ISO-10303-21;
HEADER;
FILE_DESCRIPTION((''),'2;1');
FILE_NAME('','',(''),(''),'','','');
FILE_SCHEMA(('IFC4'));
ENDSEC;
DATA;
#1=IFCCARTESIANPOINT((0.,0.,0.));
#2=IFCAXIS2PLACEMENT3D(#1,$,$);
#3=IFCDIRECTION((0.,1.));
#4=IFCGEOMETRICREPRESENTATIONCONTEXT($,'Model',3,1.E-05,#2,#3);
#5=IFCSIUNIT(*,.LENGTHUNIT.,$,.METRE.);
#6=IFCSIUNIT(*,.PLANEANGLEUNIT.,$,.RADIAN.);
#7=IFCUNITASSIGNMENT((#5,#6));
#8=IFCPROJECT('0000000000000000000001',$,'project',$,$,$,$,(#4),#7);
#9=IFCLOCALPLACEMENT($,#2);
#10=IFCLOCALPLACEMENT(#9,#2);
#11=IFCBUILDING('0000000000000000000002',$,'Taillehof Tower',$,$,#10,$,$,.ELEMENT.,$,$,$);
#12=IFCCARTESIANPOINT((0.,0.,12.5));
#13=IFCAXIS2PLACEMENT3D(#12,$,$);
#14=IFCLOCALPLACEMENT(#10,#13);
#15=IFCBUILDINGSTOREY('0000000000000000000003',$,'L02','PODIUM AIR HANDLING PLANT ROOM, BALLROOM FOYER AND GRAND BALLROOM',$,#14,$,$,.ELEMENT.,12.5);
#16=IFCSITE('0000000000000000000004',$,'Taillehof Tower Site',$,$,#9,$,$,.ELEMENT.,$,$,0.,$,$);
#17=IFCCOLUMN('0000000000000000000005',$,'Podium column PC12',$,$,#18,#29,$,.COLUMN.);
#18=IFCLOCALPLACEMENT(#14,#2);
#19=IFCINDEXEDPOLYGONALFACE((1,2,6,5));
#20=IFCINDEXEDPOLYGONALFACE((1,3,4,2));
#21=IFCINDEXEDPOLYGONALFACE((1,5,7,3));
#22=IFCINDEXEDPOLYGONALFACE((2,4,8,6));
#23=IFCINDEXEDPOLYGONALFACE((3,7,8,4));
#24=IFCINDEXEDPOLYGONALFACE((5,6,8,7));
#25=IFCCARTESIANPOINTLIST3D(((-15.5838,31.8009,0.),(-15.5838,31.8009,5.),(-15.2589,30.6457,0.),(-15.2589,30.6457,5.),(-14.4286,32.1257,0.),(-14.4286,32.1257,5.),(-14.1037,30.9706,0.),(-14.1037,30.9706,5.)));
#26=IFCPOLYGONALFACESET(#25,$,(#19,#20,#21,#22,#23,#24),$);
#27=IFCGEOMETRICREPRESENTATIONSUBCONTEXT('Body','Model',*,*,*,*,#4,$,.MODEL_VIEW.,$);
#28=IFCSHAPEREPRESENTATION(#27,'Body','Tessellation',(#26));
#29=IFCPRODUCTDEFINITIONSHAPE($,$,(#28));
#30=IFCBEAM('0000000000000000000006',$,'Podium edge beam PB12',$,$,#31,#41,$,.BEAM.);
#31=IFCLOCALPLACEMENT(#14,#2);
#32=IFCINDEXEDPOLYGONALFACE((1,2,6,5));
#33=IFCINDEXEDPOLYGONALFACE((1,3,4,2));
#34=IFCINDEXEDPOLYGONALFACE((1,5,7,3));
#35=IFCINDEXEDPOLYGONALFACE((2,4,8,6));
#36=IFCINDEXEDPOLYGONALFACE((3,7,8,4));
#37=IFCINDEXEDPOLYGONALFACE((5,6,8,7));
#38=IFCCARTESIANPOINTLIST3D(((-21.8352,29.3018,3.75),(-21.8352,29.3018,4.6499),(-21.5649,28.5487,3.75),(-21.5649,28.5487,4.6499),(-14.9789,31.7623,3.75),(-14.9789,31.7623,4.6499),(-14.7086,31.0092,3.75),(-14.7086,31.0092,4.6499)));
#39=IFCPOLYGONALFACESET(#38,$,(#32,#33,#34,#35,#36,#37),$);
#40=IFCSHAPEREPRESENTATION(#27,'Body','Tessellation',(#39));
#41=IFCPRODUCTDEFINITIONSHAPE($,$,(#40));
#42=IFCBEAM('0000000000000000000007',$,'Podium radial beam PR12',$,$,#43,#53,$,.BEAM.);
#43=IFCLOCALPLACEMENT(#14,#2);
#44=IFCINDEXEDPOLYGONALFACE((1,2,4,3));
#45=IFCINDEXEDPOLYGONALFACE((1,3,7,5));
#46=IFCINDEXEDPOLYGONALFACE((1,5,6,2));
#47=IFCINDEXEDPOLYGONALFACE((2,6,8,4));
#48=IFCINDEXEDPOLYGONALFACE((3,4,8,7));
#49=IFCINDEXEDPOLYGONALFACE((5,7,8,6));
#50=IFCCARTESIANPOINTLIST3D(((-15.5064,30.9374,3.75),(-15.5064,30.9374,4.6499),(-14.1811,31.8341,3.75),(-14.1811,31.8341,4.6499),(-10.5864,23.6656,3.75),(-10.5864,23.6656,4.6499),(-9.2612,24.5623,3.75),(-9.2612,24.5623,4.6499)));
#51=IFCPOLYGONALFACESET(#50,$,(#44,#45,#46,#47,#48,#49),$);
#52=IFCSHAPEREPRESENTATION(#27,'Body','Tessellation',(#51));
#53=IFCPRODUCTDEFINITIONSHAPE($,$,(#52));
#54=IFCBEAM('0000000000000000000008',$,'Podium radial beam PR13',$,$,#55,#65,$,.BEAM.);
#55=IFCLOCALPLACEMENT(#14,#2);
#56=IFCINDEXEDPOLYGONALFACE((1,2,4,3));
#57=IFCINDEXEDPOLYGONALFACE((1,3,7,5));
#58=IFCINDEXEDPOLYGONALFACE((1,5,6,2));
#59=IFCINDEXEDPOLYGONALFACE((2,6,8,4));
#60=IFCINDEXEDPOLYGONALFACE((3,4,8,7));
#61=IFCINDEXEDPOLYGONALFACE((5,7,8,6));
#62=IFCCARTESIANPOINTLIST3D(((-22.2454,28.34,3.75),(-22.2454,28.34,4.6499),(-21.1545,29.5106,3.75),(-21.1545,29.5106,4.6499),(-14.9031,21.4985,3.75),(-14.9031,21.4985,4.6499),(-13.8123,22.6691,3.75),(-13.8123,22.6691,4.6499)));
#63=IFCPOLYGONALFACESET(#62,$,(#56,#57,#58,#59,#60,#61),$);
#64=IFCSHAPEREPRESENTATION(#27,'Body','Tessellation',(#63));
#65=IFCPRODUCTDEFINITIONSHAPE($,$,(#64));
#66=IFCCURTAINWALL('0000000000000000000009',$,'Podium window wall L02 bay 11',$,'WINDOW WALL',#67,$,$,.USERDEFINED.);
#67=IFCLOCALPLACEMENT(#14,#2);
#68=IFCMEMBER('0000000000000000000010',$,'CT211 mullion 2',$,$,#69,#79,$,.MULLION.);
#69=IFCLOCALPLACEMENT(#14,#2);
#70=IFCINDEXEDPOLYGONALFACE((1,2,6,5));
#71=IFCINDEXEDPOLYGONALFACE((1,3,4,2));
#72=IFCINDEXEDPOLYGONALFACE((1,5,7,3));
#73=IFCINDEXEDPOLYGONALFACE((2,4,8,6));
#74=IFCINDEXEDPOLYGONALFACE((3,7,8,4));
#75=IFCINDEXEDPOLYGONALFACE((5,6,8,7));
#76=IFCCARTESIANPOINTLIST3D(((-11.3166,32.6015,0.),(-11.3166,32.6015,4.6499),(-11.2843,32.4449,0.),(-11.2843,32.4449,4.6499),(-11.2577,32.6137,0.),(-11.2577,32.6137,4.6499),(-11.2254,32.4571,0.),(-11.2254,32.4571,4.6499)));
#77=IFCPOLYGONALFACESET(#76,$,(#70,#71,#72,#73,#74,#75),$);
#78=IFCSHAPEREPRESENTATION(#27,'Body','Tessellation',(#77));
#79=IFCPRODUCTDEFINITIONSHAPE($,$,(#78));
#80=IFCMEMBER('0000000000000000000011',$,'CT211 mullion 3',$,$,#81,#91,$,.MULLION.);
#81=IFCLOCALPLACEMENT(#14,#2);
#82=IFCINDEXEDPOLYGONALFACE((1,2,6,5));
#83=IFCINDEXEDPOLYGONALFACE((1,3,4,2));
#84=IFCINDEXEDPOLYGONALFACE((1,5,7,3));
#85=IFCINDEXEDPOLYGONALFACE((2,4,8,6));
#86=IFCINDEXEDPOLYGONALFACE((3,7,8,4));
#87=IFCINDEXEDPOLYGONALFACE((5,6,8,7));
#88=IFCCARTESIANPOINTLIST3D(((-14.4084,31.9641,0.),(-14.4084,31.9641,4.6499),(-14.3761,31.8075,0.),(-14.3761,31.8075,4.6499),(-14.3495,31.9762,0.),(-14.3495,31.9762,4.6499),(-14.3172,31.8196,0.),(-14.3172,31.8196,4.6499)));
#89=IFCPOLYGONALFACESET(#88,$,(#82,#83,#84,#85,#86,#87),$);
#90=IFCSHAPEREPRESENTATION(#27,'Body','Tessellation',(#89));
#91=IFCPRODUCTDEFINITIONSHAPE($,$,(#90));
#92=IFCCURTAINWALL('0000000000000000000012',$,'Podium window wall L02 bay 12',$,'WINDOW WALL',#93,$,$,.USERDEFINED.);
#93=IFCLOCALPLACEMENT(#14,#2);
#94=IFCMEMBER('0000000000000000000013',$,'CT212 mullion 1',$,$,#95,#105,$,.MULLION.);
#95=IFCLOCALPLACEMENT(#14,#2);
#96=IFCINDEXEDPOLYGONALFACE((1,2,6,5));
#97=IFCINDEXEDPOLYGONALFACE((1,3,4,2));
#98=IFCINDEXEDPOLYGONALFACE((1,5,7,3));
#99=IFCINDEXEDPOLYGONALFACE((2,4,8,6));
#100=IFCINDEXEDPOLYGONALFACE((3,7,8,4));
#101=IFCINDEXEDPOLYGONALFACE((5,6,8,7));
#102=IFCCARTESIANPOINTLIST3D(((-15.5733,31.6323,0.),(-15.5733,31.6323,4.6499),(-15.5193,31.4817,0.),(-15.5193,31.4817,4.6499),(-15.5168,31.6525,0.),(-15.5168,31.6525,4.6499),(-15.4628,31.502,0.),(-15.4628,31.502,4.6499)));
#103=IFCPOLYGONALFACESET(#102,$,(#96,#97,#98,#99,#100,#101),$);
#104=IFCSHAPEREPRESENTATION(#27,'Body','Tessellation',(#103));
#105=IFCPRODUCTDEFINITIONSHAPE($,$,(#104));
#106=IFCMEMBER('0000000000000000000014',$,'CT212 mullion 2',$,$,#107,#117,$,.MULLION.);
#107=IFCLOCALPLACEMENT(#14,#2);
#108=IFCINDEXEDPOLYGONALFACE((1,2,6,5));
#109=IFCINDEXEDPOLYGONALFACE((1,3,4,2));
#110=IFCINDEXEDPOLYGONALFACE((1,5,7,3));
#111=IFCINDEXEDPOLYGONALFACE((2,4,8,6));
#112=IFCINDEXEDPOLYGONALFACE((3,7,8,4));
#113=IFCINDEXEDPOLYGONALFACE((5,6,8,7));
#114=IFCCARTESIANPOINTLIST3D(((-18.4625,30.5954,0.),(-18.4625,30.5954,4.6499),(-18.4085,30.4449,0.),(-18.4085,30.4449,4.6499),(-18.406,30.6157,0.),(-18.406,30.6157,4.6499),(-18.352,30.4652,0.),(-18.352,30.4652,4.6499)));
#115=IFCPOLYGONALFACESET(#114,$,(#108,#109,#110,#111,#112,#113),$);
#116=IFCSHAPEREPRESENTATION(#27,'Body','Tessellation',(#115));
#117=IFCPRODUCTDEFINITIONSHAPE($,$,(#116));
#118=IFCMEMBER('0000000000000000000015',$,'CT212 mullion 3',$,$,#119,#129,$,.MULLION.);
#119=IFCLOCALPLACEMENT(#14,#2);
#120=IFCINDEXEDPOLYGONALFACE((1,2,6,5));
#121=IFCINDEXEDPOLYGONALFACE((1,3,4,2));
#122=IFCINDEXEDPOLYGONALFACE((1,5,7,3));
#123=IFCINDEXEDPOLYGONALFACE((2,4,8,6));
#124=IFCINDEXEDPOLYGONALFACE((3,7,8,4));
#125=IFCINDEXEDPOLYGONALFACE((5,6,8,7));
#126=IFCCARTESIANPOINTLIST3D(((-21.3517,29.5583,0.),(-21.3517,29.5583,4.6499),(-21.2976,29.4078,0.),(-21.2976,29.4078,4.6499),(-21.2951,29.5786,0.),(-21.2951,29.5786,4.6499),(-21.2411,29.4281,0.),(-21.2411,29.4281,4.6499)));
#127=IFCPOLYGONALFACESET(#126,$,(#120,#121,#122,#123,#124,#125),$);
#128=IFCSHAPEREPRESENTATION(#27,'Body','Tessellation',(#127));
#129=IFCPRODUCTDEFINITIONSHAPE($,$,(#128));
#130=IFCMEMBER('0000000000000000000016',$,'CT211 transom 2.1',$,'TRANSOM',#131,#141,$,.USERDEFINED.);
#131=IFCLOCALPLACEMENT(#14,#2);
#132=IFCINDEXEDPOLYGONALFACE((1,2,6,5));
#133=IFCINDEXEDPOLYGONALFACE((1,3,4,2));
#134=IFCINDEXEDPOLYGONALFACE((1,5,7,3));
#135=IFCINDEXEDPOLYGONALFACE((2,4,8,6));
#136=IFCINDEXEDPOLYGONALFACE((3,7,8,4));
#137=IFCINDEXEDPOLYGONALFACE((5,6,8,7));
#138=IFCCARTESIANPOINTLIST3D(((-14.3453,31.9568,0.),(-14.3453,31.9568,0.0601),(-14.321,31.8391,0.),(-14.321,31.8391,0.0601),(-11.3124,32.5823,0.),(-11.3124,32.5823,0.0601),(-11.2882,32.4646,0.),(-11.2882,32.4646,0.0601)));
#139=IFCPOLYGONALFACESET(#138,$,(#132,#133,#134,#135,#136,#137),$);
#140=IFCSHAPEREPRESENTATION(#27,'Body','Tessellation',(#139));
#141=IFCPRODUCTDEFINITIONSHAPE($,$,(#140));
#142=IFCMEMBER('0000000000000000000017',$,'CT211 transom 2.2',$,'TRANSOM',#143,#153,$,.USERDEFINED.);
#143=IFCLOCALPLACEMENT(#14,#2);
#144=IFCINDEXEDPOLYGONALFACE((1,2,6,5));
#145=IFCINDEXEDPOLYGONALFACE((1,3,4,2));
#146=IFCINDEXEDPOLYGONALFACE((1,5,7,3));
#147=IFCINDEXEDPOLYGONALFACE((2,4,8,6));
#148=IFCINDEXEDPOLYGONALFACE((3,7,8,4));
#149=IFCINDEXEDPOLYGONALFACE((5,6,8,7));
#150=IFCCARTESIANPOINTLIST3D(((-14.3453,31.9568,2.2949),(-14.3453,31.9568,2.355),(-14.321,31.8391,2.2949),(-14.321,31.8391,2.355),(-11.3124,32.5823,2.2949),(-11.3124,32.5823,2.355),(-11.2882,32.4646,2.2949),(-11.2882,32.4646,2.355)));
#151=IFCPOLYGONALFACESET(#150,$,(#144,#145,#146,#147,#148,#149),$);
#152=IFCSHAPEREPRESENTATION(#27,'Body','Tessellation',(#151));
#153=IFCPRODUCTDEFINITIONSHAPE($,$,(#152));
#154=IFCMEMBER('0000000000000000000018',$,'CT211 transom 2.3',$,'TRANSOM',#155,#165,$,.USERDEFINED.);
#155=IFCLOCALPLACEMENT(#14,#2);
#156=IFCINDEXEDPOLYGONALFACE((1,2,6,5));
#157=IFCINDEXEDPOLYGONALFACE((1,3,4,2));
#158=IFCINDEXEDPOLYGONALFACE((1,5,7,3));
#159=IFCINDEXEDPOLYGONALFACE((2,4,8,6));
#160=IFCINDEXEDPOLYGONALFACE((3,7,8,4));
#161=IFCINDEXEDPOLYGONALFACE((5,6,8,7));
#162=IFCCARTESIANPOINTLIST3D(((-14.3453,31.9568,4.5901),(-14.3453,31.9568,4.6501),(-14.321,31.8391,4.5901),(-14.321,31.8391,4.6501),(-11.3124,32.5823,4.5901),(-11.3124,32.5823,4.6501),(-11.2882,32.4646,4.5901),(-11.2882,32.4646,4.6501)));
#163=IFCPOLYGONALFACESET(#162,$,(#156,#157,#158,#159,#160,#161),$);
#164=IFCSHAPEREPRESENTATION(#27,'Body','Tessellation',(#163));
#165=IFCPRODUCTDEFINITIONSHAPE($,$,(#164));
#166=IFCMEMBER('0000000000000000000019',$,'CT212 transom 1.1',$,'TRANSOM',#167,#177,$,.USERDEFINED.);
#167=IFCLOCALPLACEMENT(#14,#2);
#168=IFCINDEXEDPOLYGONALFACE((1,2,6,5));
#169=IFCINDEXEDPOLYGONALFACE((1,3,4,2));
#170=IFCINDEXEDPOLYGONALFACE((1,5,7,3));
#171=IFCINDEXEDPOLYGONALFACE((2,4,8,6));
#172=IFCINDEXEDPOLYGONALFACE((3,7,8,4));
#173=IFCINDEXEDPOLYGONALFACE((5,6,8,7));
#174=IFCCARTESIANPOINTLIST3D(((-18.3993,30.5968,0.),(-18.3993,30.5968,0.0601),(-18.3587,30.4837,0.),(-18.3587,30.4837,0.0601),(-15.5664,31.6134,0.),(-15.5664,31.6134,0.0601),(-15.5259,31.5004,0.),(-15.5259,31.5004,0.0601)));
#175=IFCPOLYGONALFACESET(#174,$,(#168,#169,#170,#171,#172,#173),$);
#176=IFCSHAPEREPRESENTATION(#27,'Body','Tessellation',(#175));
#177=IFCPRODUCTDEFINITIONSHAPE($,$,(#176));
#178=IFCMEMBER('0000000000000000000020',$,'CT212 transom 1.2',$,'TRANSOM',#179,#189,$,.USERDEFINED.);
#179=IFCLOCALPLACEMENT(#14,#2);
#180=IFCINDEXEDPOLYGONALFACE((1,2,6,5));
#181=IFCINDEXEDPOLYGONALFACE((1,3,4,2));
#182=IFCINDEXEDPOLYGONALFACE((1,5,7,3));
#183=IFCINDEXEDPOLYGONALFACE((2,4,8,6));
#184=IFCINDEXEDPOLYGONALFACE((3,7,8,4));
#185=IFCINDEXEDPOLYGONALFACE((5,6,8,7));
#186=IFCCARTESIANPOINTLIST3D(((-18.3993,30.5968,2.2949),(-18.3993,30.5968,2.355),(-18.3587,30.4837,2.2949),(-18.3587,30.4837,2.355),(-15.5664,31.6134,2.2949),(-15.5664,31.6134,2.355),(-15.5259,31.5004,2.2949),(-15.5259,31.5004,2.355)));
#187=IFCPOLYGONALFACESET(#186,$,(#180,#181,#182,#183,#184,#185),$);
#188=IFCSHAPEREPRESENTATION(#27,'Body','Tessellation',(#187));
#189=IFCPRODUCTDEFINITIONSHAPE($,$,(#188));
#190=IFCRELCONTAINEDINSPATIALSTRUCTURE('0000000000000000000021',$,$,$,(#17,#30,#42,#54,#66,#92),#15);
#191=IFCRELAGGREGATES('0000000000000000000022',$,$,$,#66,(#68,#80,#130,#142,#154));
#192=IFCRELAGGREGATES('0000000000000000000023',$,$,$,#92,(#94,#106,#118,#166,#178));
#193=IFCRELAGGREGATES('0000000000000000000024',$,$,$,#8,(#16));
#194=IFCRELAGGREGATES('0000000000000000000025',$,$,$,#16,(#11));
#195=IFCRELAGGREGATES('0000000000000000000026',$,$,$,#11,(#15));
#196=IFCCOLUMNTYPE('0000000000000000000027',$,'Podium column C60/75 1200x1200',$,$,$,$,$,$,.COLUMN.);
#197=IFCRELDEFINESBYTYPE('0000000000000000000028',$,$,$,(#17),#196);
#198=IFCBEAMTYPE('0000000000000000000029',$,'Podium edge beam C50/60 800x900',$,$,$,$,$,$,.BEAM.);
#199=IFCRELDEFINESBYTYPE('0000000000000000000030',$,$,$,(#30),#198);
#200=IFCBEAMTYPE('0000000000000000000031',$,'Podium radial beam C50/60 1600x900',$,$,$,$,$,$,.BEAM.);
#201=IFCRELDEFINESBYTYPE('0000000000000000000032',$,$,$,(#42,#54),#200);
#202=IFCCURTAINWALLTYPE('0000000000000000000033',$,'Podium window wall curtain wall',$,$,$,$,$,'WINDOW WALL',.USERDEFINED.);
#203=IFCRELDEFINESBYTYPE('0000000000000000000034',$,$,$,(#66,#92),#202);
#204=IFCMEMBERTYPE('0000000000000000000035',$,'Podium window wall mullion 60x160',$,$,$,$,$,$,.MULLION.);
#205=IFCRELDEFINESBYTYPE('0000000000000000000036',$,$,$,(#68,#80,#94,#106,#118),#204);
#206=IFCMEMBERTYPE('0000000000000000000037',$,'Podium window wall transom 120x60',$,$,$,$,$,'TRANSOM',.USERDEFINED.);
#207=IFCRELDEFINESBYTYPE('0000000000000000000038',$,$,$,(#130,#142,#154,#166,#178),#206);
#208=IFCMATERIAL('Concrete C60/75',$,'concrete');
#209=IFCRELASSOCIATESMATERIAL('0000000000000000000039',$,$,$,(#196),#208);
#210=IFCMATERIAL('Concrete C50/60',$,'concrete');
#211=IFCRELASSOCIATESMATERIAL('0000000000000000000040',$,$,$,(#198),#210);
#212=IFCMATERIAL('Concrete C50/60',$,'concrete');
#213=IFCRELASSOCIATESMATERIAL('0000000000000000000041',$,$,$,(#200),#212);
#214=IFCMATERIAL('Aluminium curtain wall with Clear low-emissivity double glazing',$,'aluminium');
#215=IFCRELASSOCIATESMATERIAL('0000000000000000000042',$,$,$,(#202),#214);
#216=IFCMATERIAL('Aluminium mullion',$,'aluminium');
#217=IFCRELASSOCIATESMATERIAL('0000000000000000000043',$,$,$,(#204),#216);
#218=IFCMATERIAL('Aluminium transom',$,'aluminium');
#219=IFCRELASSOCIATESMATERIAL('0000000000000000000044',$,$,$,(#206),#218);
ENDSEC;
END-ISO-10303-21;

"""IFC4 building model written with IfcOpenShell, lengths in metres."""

from ifc_helpers import new_model, si_unit, direction, frame, origin, origin_2d, place, context, subcontext, project, spatial, rectangle, extrude, material, material_profile, profile_set, type_object, element, aggregate, save


model = new_model("IFC4")

# Units and contexts
model_context = context("Model", 3, precision=1e-05, world=origin(), true_north=direction((0.0, 1.0)))
body_context = subcontext(model_context, "Body", "Model", "MODEL_VIEW")
ifc_project = project(units=[si_unit("LENGTHUNIT", "METRE"), si_unit("PLANEANGLEUNIT", "RADIAN")], contexts=[model_context])

# Site, building, storey
site_placement = place(None, origin())
site = spatial("IfcSite", under=ifc_project, at=site_placement, Name="Taillehof Tower Site", CompositionType="ELEMENT", RefElevation=0.0)
building_placement = place(site_placement, origin())
building = spatial("IfcBuilding", under=site, at=building_placement, Name="Taillehof Tower", CompositionType="ELEMENT")
storey_placement = place(building_placement, frame((0.0, 0.0, 12.5)))
storey = spatial("IfcBuildingStorey", under=building, at=storey_placement, Name="L02", Description="PODIUM AIR HANDLING PLANT ROOM, BALLROOM FOYER AND GRAND BALLROOM", CompositionType="ELEMENT", Elevation=12.5)

# Column
ifc_material_1 = material(Name="Concrete C60/75", Category="concrete")
ifc_material_profile_1 = material_profile(ifc_material_1, rectangle(XDim=1.2, YDim=1.2, at=origin_2d()), Name="RC 1200x1200")
ifc_profile_set_1 = profile_set([ifc_material_profile_1], Name="Concrete C60/75")
column_type = type_object("IfcColumnType", Name="Podium column C60/75 1200x1200", PredefinedType="COLUMN", material=ifc_profile_set_1)
column_placement = place(storey_placement, frame((-14.8438, 31.3857, 0.0), z_axis=(0.0, 0.0, 1.0), x_axis=(-0.270745, 0.962651, 0.0)))
element("IfcColumn", 1, at=column_placement, inside=storey, type_object=column_type, Name="Podium column PC12", PredefinedType="COLUMN", context=body_context, shape_type="SweptSolid", body=[
    extrude(rectangle(XDim=1.2, YDim=1.2, at=origin_2d()), origin(), (0.0, 0.0, 1.0), 5.0),
])

# Beams
ifc_material_2 = material(Name="Concrete C50/60", Category="concrete")
ifc_material_profile_2 = material_profile(ifc_material_2, rectangle(XDim=0.8, YDim=0.8999, at=origin_2d()), Name="RC 800x900")
ifc_profile_set_2 = profile_set([ifc_material_profile_2], Name="Concrete C50/60")
beam_type_1 = type_object("IfcBeamType", Name="Podium edge beam C50/60 800x900", PredefinedType="BEAM", material=ifc_profile_set_2)
beam_1_placement = place(storey_placement, frame((-14.8438, 31.3857, 4.2), z_axis=(-0.941227, -0.337773, 0.0), x_axis=(0.337773, -0.941227, 0.0)))
element("IfcBeam", 2, at=beam_1_placement, inside=storey, type_object=beam_type_1, Name="Podium edge beam PB12", PredefinedType="BEAM", context=body_context, shape_type="SweptSolid", body=[
    extrude(rectangle(XDim=0.8, YDim=0.8999, at=origin_2d()), origin(), (0.0, 0.0, 1.0), 7.2844),
])
ifc_material_3 = material(Name="Concrete C50/60", Category="concrete")
ifc_material_profile_3 = material_profile(ifc_material_3, rectangle(XDim=1.6001, YDim=0.8999, at=origin_2d()), Name="RC 1600x900")
ifc_profile_set_3 = profile_set([ifc_material_profile_3], Name="Concrete C50/60")
beam_type_2 = type_object("IfcBeamType", Name="Podium radial beam C50/60 1600x900", PredefinedType="BEAM", material=ifc_profile_set_3)
beam_2_placement = place(storey_placement, frame((-14.8438, 31.3857, 4.2), z_axis=(0.560373, -0.828241, 0.0), x_axis=(0.828241, 0.560373, 0.0)))
element("IfcBeam", 3, at=beam_2_placement, inside=storey, type_object=beam_type_2, Name="Podium radial beam PR12", PredefinedType="BEAM", context=body_context, shape_type="SweptSolid", body=[
    extrude(rectangle(XDim=1.6001, YDim=0.8999, at=origin_2d()), origin(), (0.0, 0.0, 1.0), 8.7798),
])
beam_3_placement = place(storey_placement, frame((-21.7, 28.9253, 4.2), z_axis=(0.731614, -0.681719, 0.0), x_axis=(0.681719, 0.731614, 0.0)))
element("IfcBeam", 4, at=beam_3_placement, inside=storey, type_object=beam_type_2, Name="Podium radial beam PR13", PredefinedType="BEAM", context=body_context, shape_type="SweptSolid", body=[
    extrude(rectangle(XDim=1.6001, YDim=0.8999, at=origin_2d()), origin(), (0.0, 0.0, 1.0), 10.0356),
])

# Curtain walls, members
ifc_material_4 = material(Name="Aluminium curtain wall with Clear low-emissivity double glazing", Category="aluminium")
curtain_wall_type = type_object("IfcCurtainWallType", Name="Podium window wall curtain wall", ElementType="WINDOW WALL", PredefinedType="USERDEFINED", material=ifc_material_4)
curtain_wall_1_placement = place(storey_placement, origin())
curtain_wall_1 = element("IfcCurtainWall", 5, at=curtain_wall_1_placement, inside=storey, type_object=curtain_wall_type, Name="Podium window wall L02 bay 11", ObjectType="WINDOW WALL", PredefinedType="USERDEFINED")
ifc_material_5 = material(Name="Aluminium mullion", Category="aluminium")
ifc_material_profile_4 = material_profile(ifc_material_5, rectangle(XDim=0.1599, YDim=0.0601, at=origin_2d()), Name="AL 60x160")
ifc_profile_set_4 = profile_set([ifc_material_profile_4], Name="Aluminium mullion")
member_type_1 = type_object("IfcMemberType", Name="Podium window wall mullion 60x160", PredefinedType="MULLION", material=ifc_profile_set_4)
member_1_placement = place(storey_placement, frame((-11.271, 32.5293, 0.0), z_axis=(0.0, 0.0, 1.0), x_axis=(0.201976, -0.97939, 0.0)))
member_1 = element("IfcMember", 6, at=member_1_placement, type_object=member_type_1, Name="CT211 mullion 2", PredefinedType="MULLION", context=body_context, shape_type="SweptSolid", body=[
    extrude(rectangle(XDim=0.1599, YDim=0.0601, at=origin_2d()), origin(), (0.0, 0.0, 1.0), 4.6499),
])
member_2_placement = place(storey_placement, frame((-14.3628, 31.8918, 0.0), z_axis=(0.0, 0.0, 1.0), x_axis=(0.201976, -0.97939, 0.0)))
member_2 = element("IfcMember", 7, at=member_2_placement, type_object=member_type_1, Name="CT211 mullion 3", PredefinedType="MULLION", context=body_context, shape_type="SweptSolid", body=[
    extrude(rectangle(XDim=0.1599, YDim=0.0601, at=origin_2d()), origin(), (0.0, 0.0, 1.0), 4.6499),
])
curtain_wall_2_placement = place(storey_placement, origin())
curtain_wall_2 = element("IfcCurtainWall", 8, at=curtain_wall_2_placement, inside=storey, type_object=curtain_wall_type, Name="Podium window wall L02 bay 12", ObjectType="WINDOW WALL", PredefinedType="USERDEFINED")
member_3_placement = place(storey_placement, frame((-15.5181, 31.5671, 0.0), z_axis=(0.0, 0.0, 1.0), x_axis=(0.337799, -0.941218, 0.0)))
member_3 = element("IfcMember", 9, at=member_3_placement, type_object=member_type_1, Name="CT212 mullion 1", PredefinedType="MULLION", context=body_context, shape_type="SweptSolid", body=[
    extrude(rectangle(XDim=0.1599, YDim=0.0601, at=origin_2d()), origin(), (0.0, 0.0, 1.0), 4.6499),
])
member_4_placement = place(storey_placement, frame((-18.4072, 30.5303, 0.0), z_axis=(0.0, 0.0, 1.0), x_axis=(0.337799, -0.941218, 0.0)))
member_4 = element("IfcMember", 10, at=member_4_placement, type_object=member_type_1, Name="CT212 mullion 2", PredefinedType="MULLION", context=body_context, shape_type="SweptSolid", body=[
    extrude(rectangle(XDim=0.1599, YDim=0.0601, at=origin_2d()), origin(), (0.0, 0.0, 1.0), 4.6499),
])
member_5_placement = place(storey_placement, frame((-21.2964, 29.4932, 0.0), z_axis=(0.0, 0.0, 1.0), x_axis=(0.337799, -0.941218, 0.0)))
member_5 = element("IfcMember", 11, at=member_5_placement, type_object=member_type_1, Name="CT212 mullion 3", PredefinedType="MULLION", context=body_context, shape_type="SweptSolid", body=[
    extrude(rectangle(XDim=0.1599, YDim=0.0601, at=origin_2d()), origin(), (0.0, 0.0, 1.0), 4.6499),
])

# Members
ifc_material_6 = material(Name="Aluminium transom", Category="aluminium")
ifc_material_profile_5 = material_profile(ifc_material_6, rectangle(XDim=0.1201, YDim=0.0601, at=origin_2d()), Name="AL 120x60")
ifc_profile_set_5 = profile_set([ifc_material_profile_5], Name="Aluminium transom")
member_type_2 = type_object("IfcMemberType", Name="Podium window wall transom 120x60", ElementType="TRANSOM", PredefinedType="USERDEFINED", material=ifc_profile_set_5)
member_6_placement = place(storey_placement, frame((-11.3003, 32.5234, 0.03), z_axis=(-0.97939, -0.20198, 0.0), x_axis=(0.20198, -0.97939, 0.0)))
member_6 = element("IfcMember", 12, at=member_6_placement, type_object=member_type_2, Name="CT211 transom 2.1", ObjectType="TRANSOM", PredefinedType="USERDEFINED", context=body_context, shape_type="SweptSolid", body=[
    extrude(rectangle(XDim=0.1201, YDim=0.0601, at=origin_2d()), origin(), (0.0, 0.0, 1.0), 3.0967),
])
member_7_placement = place(storey_placement, frame((-11.3003, 32.5234, 2.325), z_axis=(-0.97939, -0.20198, 0.0), x_axis=(0.20198, -0.97939, 0.0)))
member_7 = element("IfcMember", 13, at=member_7_placement, type_object=member_type_2, Name="CT211 transom 2.2", ObjectType="TRANSOM", PredefinedType="USERDEFINED", context=body_context, shape_type="SweptSolid", body=[
    extrude(rectangle(XDim=0.1201, YDim=0.0601, at=origin_2d()), origin(), (0.0, 0.0, 1.0), 3.0967),
])
member_8_placement = place(storey_placement, frame((-11.3003, 32.5234, 4.6201), z_axis=(-0.97939, -0.20198, 0.0), x_axis=(0.20198, -0.97939, 0.0)))
member_8 = element("IfcMember", 14, at=member_8_placement, type_object=member_type_2, Name="CT211 transom 2.3", ObjectType="TRANSOM", PredefinedType="USERDEFINED", context=body_context, shape_type="SweptSolid", body=[
    extrude(rectangle(XDim=0.1201, YDim=0.0601, at=origin_2d()), origin(), (0.0, 0.0, 1.0), 3.0967),
])
member_9_placement = place(storey_placement, frame((-15.5461, 31.5569, 0.03), z_axis=(-0.941225, -0.33778, 0.0), x_axis=(0.33778, -0.941225, 0.0)))
member_9 = element("IfcMember", 15, at=member_9_placement, type_object=member_type_2, Name="CT212 transom 1.1", ObjectType="TRANSOM", PredefinedType="USERDEFINED", context=body_context, shape_type="SweptSolid", body=[
    extrude(rectangle(XDim=0.1201, YDim=0.0601, at=origin_2d()), origin(), (0.0, 0.0, 1.0), 3.0098),
])
member_10_placement = place(storey_placement, frame((-15.5461, 31.5569, 2.325), z_axis=(-0.941225, -0.33778, 0.0), x_axis=(0.33778, -0.941225, 0.0)))
member_10 = element("IfcMember", 16, at=member_10_placement, type_object=member_type_2, Name="CT212 transom 1.2", ObjectType="TRANSOM", PredefinedType="USERDEFINED", context=body_context, shape_type="SweptSolid", body=[
    extrude(rectangle(XDim=0.1201, YDim=0.0601, at=origin_2d()), origin(), (0.0, 0.0, 1.0), 3.0098),
])

aggregate(curtain_wall_1, [member_1, member_2, member_6, member_7, member_8])
aggregate(curtain_wall_2, [member_3, member_4, member_5, member_9, member_10])

save(model, "model.ifc")
